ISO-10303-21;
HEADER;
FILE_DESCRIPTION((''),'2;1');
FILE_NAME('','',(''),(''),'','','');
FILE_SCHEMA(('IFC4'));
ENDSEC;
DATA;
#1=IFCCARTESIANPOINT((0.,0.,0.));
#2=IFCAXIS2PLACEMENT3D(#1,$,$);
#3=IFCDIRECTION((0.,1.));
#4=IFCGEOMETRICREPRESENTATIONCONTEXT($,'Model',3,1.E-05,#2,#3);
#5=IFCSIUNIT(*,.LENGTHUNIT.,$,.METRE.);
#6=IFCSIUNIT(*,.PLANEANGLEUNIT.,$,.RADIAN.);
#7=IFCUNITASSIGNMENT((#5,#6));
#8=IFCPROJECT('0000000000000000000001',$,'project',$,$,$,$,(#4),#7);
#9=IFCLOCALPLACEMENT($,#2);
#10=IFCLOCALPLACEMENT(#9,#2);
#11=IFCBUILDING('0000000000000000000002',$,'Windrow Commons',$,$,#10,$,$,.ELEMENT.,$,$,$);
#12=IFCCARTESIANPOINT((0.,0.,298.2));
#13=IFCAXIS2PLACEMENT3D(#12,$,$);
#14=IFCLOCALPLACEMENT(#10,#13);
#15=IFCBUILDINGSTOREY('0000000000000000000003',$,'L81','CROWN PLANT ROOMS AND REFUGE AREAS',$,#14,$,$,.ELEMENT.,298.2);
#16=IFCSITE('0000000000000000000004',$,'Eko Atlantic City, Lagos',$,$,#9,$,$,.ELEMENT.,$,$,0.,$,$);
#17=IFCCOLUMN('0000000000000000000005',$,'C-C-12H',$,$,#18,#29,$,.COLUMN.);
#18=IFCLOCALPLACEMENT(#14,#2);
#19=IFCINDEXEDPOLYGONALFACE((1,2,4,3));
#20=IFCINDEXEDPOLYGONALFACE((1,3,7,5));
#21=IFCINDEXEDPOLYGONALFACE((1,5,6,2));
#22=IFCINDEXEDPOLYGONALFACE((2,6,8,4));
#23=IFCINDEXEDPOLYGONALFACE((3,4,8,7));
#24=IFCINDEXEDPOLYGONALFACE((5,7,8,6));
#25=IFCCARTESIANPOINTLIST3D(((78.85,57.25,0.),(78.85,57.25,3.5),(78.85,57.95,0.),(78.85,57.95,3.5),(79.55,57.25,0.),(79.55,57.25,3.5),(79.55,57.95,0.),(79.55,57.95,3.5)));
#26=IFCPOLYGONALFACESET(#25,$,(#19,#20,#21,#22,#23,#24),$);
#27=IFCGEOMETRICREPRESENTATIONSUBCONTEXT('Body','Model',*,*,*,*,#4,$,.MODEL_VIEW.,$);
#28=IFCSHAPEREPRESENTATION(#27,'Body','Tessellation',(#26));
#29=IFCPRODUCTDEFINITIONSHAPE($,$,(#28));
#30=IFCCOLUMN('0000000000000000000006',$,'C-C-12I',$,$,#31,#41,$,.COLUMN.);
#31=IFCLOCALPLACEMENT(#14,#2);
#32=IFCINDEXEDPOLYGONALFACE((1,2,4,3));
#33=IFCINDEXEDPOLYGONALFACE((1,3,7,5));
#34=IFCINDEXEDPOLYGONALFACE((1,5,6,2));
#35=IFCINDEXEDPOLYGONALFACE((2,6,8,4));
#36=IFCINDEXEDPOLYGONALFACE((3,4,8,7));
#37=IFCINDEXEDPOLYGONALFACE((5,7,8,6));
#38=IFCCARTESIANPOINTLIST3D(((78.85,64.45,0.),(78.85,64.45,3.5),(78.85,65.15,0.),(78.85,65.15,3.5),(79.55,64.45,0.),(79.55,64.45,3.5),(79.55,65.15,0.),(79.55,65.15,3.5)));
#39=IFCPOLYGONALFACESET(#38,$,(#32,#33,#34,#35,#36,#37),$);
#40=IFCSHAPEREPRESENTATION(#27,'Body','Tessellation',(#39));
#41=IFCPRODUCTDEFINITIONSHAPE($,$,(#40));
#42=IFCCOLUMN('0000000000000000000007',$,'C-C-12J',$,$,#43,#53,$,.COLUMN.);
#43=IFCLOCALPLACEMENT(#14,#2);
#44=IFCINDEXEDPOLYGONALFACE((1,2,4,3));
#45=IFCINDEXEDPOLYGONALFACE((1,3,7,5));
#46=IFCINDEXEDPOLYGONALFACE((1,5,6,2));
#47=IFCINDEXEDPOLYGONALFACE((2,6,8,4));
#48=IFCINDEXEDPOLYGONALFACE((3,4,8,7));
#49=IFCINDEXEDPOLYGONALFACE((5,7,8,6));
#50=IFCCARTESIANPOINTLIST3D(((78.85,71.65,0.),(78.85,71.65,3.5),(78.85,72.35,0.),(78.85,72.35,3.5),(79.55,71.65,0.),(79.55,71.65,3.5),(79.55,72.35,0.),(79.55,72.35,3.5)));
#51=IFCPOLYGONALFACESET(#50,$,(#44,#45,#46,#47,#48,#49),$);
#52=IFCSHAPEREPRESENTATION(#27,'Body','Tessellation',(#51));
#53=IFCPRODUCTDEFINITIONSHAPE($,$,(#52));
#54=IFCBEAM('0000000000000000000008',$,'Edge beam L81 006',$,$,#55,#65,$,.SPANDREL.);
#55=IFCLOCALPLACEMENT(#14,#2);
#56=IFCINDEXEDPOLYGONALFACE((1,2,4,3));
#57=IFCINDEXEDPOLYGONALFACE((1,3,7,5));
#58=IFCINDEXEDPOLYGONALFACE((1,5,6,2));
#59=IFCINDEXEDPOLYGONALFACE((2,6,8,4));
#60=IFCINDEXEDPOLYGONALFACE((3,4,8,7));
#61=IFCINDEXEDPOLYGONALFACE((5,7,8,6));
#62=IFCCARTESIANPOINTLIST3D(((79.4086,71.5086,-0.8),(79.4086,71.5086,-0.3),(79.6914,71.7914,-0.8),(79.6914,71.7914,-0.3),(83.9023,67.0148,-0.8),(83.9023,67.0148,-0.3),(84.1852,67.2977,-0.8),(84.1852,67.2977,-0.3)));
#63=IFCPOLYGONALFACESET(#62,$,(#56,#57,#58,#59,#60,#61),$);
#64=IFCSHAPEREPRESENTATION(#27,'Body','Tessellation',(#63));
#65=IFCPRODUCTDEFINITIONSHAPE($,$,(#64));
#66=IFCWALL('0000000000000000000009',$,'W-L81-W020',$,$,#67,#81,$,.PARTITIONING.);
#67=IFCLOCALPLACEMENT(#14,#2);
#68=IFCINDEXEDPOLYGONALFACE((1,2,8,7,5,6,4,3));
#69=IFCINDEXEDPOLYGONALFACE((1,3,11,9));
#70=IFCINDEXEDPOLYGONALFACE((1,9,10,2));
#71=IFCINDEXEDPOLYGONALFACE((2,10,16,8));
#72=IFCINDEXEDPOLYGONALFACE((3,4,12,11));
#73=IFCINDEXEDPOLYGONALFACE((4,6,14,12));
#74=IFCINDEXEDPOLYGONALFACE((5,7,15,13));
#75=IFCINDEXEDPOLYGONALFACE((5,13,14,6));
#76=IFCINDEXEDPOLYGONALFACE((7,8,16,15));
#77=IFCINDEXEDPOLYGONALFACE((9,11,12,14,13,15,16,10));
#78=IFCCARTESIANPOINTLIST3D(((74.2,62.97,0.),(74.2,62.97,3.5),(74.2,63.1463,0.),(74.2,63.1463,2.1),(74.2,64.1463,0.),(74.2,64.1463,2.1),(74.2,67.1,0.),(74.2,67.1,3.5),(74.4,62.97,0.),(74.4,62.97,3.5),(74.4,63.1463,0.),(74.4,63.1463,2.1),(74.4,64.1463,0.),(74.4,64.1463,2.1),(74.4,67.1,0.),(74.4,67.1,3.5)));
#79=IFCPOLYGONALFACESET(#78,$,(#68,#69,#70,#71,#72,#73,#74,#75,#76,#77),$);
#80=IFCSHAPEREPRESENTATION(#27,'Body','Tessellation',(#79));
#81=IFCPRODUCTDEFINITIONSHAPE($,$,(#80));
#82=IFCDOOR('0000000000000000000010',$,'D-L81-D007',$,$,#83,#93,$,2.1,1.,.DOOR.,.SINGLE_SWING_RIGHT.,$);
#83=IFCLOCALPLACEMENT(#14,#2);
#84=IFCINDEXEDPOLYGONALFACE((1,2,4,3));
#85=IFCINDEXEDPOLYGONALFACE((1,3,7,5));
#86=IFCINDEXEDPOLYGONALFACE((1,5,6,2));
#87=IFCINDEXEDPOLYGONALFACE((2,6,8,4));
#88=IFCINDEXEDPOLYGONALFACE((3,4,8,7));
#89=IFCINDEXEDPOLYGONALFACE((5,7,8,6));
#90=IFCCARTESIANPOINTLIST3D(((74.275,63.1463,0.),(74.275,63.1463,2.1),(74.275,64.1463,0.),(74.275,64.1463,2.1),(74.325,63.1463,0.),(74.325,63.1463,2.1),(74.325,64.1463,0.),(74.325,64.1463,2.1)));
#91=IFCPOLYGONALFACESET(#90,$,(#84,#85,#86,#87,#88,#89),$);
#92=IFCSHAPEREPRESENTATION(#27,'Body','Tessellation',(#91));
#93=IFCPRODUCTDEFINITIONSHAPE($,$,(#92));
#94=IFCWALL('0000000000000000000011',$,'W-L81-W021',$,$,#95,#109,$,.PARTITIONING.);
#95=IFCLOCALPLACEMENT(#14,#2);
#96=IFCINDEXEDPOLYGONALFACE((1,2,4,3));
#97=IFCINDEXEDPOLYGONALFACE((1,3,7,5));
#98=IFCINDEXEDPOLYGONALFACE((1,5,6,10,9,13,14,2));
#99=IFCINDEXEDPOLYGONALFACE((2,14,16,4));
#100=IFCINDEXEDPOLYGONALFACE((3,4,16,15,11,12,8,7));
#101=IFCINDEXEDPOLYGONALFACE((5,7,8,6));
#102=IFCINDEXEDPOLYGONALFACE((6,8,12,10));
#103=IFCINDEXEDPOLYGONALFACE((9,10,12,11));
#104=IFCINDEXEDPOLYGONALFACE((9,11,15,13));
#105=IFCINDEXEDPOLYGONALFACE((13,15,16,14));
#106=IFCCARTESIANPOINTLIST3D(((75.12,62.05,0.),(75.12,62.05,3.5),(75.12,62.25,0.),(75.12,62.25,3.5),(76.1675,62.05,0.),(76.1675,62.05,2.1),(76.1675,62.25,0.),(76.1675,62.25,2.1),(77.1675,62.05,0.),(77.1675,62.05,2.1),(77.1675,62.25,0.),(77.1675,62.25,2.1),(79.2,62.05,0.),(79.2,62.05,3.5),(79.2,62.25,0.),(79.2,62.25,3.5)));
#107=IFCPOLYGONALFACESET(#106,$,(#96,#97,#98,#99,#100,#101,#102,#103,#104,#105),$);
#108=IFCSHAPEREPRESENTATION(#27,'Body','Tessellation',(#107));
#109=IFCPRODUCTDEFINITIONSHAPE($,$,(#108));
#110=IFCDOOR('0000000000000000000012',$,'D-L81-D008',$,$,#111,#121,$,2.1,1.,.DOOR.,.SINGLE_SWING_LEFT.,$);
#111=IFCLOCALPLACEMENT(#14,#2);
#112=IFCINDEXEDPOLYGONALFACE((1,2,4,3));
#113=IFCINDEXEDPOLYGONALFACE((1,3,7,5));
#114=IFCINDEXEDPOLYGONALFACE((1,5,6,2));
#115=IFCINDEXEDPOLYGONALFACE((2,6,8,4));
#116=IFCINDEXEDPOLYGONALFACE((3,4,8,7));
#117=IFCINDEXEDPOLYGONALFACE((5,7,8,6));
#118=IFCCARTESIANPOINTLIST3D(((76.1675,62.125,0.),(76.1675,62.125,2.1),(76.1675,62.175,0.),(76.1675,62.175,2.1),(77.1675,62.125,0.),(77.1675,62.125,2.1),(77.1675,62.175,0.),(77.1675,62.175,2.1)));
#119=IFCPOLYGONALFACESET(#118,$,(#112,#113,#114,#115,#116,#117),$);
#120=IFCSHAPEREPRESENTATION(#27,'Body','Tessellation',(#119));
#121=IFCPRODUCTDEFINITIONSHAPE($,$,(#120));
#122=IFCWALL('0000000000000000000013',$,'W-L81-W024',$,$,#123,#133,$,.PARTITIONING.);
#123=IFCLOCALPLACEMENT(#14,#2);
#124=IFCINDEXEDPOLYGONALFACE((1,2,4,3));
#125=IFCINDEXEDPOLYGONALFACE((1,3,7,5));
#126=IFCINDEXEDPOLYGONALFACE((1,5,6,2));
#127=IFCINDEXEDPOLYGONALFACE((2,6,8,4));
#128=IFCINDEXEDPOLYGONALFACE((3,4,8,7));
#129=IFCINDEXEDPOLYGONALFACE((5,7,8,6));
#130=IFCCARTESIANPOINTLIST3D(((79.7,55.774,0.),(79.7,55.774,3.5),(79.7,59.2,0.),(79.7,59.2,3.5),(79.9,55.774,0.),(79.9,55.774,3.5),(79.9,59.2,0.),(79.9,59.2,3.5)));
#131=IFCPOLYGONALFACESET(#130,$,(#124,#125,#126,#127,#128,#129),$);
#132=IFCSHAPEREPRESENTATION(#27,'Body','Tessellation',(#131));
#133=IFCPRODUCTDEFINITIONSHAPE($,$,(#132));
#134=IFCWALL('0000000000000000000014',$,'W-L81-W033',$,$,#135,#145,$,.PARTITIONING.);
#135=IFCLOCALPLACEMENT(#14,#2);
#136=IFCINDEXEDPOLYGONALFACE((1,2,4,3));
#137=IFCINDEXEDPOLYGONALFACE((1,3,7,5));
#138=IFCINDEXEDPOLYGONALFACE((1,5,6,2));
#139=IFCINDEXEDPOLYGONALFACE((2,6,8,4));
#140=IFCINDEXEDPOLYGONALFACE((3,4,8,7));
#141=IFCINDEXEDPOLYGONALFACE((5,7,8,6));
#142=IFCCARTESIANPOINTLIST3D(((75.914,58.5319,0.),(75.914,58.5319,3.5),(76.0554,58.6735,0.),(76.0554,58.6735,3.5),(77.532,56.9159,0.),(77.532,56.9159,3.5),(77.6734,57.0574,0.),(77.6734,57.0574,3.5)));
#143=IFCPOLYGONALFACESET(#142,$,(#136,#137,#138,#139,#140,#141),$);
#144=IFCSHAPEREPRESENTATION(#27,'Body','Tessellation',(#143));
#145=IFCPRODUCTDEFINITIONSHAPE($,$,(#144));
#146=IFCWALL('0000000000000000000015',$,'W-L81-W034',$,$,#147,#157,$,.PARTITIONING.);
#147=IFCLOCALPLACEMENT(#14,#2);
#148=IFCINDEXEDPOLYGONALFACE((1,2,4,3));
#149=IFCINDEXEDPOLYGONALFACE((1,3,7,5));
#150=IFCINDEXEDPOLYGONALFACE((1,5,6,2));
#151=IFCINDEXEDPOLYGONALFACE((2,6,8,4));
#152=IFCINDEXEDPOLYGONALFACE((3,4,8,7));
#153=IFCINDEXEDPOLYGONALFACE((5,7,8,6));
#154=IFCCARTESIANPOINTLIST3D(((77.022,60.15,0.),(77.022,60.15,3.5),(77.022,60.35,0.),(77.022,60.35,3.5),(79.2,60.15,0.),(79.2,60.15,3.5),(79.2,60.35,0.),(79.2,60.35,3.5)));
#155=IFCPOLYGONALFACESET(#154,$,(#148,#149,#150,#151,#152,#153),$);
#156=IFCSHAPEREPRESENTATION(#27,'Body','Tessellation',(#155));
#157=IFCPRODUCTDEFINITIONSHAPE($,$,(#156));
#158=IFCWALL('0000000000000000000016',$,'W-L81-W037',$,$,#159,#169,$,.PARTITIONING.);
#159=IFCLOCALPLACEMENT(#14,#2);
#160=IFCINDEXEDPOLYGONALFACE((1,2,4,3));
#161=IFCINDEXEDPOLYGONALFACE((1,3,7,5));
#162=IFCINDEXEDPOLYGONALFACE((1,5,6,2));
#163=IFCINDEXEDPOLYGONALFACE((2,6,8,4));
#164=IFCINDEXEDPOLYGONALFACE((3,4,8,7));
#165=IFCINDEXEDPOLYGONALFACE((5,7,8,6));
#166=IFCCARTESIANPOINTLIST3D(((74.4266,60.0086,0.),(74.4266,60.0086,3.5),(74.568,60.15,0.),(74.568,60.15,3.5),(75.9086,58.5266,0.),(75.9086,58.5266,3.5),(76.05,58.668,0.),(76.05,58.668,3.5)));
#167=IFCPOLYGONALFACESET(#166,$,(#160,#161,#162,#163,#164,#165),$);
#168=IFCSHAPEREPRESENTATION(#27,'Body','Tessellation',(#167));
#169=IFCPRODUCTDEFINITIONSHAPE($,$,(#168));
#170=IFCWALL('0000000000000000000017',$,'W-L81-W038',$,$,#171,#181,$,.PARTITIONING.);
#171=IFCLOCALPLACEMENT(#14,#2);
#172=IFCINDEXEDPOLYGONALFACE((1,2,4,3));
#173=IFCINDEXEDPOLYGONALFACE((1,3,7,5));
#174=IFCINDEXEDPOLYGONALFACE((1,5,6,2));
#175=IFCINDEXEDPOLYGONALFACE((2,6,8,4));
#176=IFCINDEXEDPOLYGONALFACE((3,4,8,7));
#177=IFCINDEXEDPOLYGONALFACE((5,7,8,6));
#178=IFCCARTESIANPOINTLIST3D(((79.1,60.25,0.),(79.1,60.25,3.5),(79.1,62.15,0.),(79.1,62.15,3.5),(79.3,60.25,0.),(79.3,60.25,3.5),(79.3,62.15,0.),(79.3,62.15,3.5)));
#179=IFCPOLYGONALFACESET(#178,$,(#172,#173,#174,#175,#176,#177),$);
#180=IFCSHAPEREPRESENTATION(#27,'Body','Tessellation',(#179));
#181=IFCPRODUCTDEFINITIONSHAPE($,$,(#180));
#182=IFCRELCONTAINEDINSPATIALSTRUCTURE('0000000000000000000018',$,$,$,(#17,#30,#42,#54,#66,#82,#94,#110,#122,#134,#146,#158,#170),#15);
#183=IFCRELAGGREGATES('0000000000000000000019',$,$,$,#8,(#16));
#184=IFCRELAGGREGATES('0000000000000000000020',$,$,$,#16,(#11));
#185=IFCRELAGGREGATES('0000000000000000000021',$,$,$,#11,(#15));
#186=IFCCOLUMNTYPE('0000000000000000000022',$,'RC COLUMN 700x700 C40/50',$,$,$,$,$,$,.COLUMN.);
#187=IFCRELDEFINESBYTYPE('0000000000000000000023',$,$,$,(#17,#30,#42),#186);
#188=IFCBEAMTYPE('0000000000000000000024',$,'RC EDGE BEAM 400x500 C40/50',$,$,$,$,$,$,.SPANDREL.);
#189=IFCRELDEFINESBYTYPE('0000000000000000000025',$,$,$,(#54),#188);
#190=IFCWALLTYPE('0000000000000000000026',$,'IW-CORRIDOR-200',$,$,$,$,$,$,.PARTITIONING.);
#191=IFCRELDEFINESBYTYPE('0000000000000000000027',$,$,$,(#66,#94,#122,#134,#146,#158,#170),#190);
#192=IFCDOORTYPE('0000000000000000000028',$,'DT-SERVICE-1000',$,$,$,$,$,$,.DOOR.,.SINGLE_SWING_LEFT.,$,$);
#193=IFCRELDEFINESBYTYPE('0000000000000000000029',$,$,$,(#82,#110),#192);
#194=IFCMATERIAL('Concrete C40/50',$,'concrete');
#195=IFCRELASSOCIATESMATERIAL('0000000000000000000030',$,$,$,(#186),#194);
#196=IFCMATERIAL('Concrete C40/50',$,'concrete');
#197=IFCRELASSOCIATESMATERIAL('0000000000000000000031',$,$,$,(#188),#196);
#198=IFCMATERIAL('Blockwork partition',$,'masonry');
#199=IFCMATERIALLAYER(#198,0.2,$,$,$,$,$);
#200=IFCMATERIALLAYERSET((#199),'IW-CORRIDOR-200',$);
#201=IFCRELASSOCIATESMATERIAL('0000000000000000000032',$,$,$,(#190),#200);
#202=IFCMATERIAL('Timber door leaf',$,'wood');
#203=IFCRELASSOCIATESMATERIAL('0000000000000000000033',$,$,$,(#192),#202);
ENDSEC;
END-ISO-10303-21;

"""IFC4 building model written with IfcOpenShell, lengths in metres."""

from ifc_helpers import new_model, si_unit, direction, frame, frame_2d, origin, origin_2d, place, context, subcontext, project, spatial, rectangle, extrude, material, layer, layer_set, material_profile, profile_set, type_object, element, fill, save


model = new_model("IFC4")

# Units and contexts
model_context = context("Model", 3, precision=1e-05, world=origin(), true_north=direction((0.0, 1.0)))
body_context = subcontext(model_context, "Body", "Model", "MODEL_VIEW")
ifc_project = project(units=[si_unit("LENGTHUNIT", "METRE"), si_unit("PLANEANGLEUNIT", "RADIAN")], contexts=[model_context])

# Site, building, storey
site_placement = place(None, origin())
site = spatial("IfcSite", under=ifc_project, at=site_placement, Name="Eko Atlantic City, Lagos", CompositionType="ELEMENT", RefElevation=0.0)
building_placement = place(site_placement, origin())
building = spatial("IfcBuilding", under=site, at=building_placement, Name="Windrow Commons", CompositionType="ELEMENT")
storey_placement = place(building_placement, frame((0.0, 0.0, 298.2)))
storey = spatial("IfcBuildingStorey", under=building, at=storey_placement, Name="L81", Description="CROWN PLANT ROOMS AND REFUGE AREAS", CompositionType="ELEMENT", Elevation=298.2)

# Columns
ifc_material_1 = material(Name="Concrete C40/50", Category="concrete")
ifc_material_profile_1 = material_profile(ifc_material_1, rectangle(XDim=0.7, YDim=0.7, at=origin_2d()))
ifc_profile_set_1 = profile_set([ifc_material_profile_1], Name="Concrete C40/50")
column_type = type_object("IfcColumnType", Name="RC COLUMN 700x700 C40/50", PredefinedType="COLUMN", material=ifc_profile_set_1)
for number, where, z_axis, x_axis, name in (
    (1, (79.2, 57.6, 0.0), (0.0, 0.0, 1.0), (1.0, 0.0, 0.0), "C-C-12H"),
    (2, (79.2, 64.8, 0.0), (0.0, 0.0, 1.0), (1.0, 0.0, 0.0), "C-C-12I"),
    (3, (79.2, 72.0, 0.0), (0.0, 0.0, 1.0), (1.0, 0.0, 0.0), "C-C-12J"),
):
    element("IfcColumn", number, at=place(storey_placement, frame(where, z_axis=z_axis, x_axis=x_axis)), inside=storey, type_object=column_type, Name=name, PredefinedType="COLUMN", context=body_context, shape_type="SweptSolid", body=[
        extrude(rectangle(XDim=0.7, YDim=0.7, at=origin_2d()), origin(), (0.0, 0.0, 1.0), 3.5),
    ])

# Beam
ifc_material_2 = material(Name="Concrete C40/50", Category="concrete")
ifc_material_profile_2 = material_profile(ifc_material_2, rectangle(XDim=0.4, YDim=0.5, at=origin_2d()))
ifc_profile_set_2 = profile_set([ifc_material_profile_2], Name="Concrete C40/50")
beam_type = type_object("IfcBeamType", Name="RC EDGE BEAM 400x500 C40/50", PredefinedType="SPANDREL", material=ifc_profile_set_2)
beam_placement = place(storey_placement, frame((79.55, 71.65, -0.55), z_axis=(0.707107, -0.707107, 0.0), x_axis=(0.707107, 0.707107, 0.0)))
element("IfcBeam", 4, at=beam_placement, inside=storey, type_object=beam_type, Name="Edge beam L81 006", PredefinedType="SPANDREL", context=body_context, shape_type="SweptSolid", body=[
    extrude(rectangle(XDim=0.4, YDim=0.5, at=origin_2d()), origin(), (0.0, 0.0, 1.0), 6.3551),
])

# Walls, openings, doors
ifc_material_3 = material(Name="Blockwork partition", Category="masonry")
ifc_layer_1 = layer(ifc_material_3, 0.2)
ifc_layer_set_1 = layer_set([ifc_layer_1], Name="IW-CORRIDOR-200")
wall_type_1 = type_object("IfcWallType", Name="IW-CORRIDOR-200", PredefinedType="PARTITIONING", material=ifc_layer_set_1)
wall_1_placement = place(storey_placement, frame((74.3, 62.97, 0.0), z_axis=(0.0, 0.0, 1.0), x_axis=(0.0, 1.0, 0.0)))
wall_1 = element("IfcWall", 5, at=wall_1_placement, inside=storey, type_object=wall_type_1, Name="W-L81-W020", PredefinedType="PARTITIONING", context=body_context, shape_type="SweptSolid", body=[
    extrude(rectangle(XDim=4.13, YDim=0.2, at=frame_2d((2.065, 0.0))), origin(), (0.0, 0.0, 1.0), 3.5),
])
opening_1_placement = place(wall_1_placement, frame((0.1763, 0.0, 0.0)))
opening_1 = element("IfcOpeningElement", 6, at=opening_1_placement, cuts=wall_1, PredefinedType="OPENING", context=body_context, shape_type="SweptSolid", body=[
    extrude(rectangle(XDim=1.0, YDim=2.1, at=frame_2d((0.5, 1.05))), frame((0.0, 0.11, 0.0), z_axis=(0.0, -1.0, 0.0), x_axis=(1.0, 0.0, 0.0)), (0.0, 0.0, 1.0), 0.22),
])
ifc_material_4 = material(Name="Timber door leaf", Category="wood")
door_type = type_object("IfcDoorType", Name="DT-SERVICE-1000", OperationType="SINGLE_SWING_LEFT", PredefinedType="DOOR", material=ifc_material_4)
door_1_placement = place(opening_1_placement, origin())
door_1 = element("IfcDoor", 7, at=door_1_placement, inside=storey, type_object=door_type, Name="D-L81-D007", OperationType="SINGLE_SWING_RIGHT", OverallHeight=2.1, OverallWidth=1.0, PredefinedType="DOOR", context=body_context, shape_type="SweptSolid", body=[
    extrude(rectangle(XDim=1.0, YDim=2.1, at=frame_2d((0.5, 1.05))), frame((0.0, 0.025, 0.0), z_axis=(0.0, -1.0, 0.0), x_axis=(1.0, 0.0, 0.0)), (0.0, 0.0, 1.0), 0.05),
])
fill(opening_1, door_1)
wall_2_placement = place(storey_placement, frame((75.12, 62.15, 0.0), z_axis=(0.0, 0.0, 1.0), x_axis=(1.0, 0.0, 0.0)))
wall_2 = element("IfcWall", 8, at=wall_2_placement, inside=storey, type_object=wall_type_1, Name="W-L81-W021", PredefinedType="PARTITIONING", context=body_context, shape_type="SweptSolid", body=[
    extrude(rectangle(XDim=4.08, YDim=0.2, at=frame_2d((2.04, 0.0))), origin(), (0.0, 0.0, 1.0), 3.5),
])
opening_2_placement = place(wall_2_placement, frame((1.0475, 0.0, 0.0)))
opening_2 = element("IfcOpeningElement", 9, at=opening_2_placement, cuts=wall_2, PredefinedType="OPENING", context=body_context, shape_type="SweptSolid", body=[
    extrude(rectangle(XDim=1.0, YDim=2.1, at=frame_2d((0.5, 1.05))), frame((0.0, 0.11, 0.0), z_axis=(0.0, -1.0, 0.0), x_axis=(1.0, 0.0, 0.0)), (0.0, 0.0, 1.0), 0.22),
])
door_2_placement = place(opening_2_placement, origin())
door_2 = element("IfcDoor", 10, at=door_2_placement, inside=storey, type_object=door_type, Name="D-L81-D008", OperationType="SINGLE_SWING_LEFT", OverallHeight=2.1, OverallWidth=1.0, PredefinedType="DOOR", context=body_context, shape_type="SweptSolid", body=[
    extrude(rectangle(XDim=1.0, YDim=2.1, at=frame_2d((0.5, 1.05))), frame((0.0, 0.025, 0.0), z_axis=(0.0, -1.0, 0.0), x_axis=(1.0, 0.0, 0.0)), (0.0, 0.0, 1.0), 0.05),
])
fill(opening_2, door_2)

# Walls
wall_3_placement = place(storey_placement, frame((79.8, 55.774, 0.0), z_axis=(0.0, 0.0, 1.0), x_axis=(0.0, 1.0, 0.0)))
element("IfcWall", 11, at=wall_3_placement, inside=storey, type_object=wall_type_1, Name="W-L81-W024", PredefinedType="PARTITIONING", context=body_context, shape_type="SweptSolid", body=[
    extrude(rectangle(XDim=3.426, YDim=0.2, at=frame_2d((1.713, 0.0))), origin(), (0.0, 0.0, 1.0), 3.5),
])
wall_4_placement = place(storey_placement, frame((75.9847, 58.6027, 0.0), z_axis=(0.0, 0.0, 1.0), x_axis=(0.707544, -0.706669, 0.0)))
element("IfcWall", 12, at=wall_4_placement, inside=storey, type_object=wall_type_1, Name="W-L81-W033", PredefinedType="PARTITIONING", context=body_context, shape_type="SweptSolid", body=[
    extrude(rectangle(XDim=2.2868, YDim=0.2, at=frame_2d((1.1434, 0.0))), origin(), (0.0, 0.0, 1.0), 3.5),
])
wall_5_placement = place(storey_placement, frame((77.022, 60.25, 0.0), z_axis=(0.0, 0.0, 1.0), x_axis=(1.0, 0.0, 0.0)))
element("IfcWall", 13, at=wall_5_placement, inside=storey, type_object=wall_type_1, Name="W-L81-W034", PredefinedType="PARTITIONING", context=body_context, shape_type="SweptSolid", body=[
    extrude(rectangle(XDim=2.178, YDim=0.2, at=frame_2d((1.089, 0.0))), origin(), (0.0, 0.0, 1.0), 3.5),
])
wall_6_placement = place(storey_placement, frame((74.4973, 60.0793, 0.0), z_axis=(0.0, 0.0, 1.0), x_axis=(0.707107, -0.707107, 0.0)))
element("IfcWall", 14, at=wall_6_placement, inside=storey, type_object=wall_type_1, Name="W-L81-W037", PredefinedType="PARTITIONING", context=body_context, shape_type="SweptSolid", body=[
    extrude(rectangle(XDim=2.0959, YDim=0.2, at=frame_2d((1.0479, 0.0))), origin(), (0.0, 0.0, 1.0), 3.5),
])
wall_7_placement = place(storey_placement, frame((79.2, 60.25, 0.0), z_axis=(0.0, 0.0, 1.0), x_axis=(0.0, 1.0, 0.0)))
element("IfcWall", 15, at=wall_7_placement, inside=storey, type_object=wall_type_1, Name="W-L81-W038", PredefinedType="PARTITIONING", context=body_context, shape_type="SweptSolid", body=[
    extrude(rectangle(XDim=1.9, YDim=0.2, at=frame_2d((0.95, 0.0))), origin(), (0.0, 0.0, 1.0), 3.5),
])

save(model, "model.ifc")
